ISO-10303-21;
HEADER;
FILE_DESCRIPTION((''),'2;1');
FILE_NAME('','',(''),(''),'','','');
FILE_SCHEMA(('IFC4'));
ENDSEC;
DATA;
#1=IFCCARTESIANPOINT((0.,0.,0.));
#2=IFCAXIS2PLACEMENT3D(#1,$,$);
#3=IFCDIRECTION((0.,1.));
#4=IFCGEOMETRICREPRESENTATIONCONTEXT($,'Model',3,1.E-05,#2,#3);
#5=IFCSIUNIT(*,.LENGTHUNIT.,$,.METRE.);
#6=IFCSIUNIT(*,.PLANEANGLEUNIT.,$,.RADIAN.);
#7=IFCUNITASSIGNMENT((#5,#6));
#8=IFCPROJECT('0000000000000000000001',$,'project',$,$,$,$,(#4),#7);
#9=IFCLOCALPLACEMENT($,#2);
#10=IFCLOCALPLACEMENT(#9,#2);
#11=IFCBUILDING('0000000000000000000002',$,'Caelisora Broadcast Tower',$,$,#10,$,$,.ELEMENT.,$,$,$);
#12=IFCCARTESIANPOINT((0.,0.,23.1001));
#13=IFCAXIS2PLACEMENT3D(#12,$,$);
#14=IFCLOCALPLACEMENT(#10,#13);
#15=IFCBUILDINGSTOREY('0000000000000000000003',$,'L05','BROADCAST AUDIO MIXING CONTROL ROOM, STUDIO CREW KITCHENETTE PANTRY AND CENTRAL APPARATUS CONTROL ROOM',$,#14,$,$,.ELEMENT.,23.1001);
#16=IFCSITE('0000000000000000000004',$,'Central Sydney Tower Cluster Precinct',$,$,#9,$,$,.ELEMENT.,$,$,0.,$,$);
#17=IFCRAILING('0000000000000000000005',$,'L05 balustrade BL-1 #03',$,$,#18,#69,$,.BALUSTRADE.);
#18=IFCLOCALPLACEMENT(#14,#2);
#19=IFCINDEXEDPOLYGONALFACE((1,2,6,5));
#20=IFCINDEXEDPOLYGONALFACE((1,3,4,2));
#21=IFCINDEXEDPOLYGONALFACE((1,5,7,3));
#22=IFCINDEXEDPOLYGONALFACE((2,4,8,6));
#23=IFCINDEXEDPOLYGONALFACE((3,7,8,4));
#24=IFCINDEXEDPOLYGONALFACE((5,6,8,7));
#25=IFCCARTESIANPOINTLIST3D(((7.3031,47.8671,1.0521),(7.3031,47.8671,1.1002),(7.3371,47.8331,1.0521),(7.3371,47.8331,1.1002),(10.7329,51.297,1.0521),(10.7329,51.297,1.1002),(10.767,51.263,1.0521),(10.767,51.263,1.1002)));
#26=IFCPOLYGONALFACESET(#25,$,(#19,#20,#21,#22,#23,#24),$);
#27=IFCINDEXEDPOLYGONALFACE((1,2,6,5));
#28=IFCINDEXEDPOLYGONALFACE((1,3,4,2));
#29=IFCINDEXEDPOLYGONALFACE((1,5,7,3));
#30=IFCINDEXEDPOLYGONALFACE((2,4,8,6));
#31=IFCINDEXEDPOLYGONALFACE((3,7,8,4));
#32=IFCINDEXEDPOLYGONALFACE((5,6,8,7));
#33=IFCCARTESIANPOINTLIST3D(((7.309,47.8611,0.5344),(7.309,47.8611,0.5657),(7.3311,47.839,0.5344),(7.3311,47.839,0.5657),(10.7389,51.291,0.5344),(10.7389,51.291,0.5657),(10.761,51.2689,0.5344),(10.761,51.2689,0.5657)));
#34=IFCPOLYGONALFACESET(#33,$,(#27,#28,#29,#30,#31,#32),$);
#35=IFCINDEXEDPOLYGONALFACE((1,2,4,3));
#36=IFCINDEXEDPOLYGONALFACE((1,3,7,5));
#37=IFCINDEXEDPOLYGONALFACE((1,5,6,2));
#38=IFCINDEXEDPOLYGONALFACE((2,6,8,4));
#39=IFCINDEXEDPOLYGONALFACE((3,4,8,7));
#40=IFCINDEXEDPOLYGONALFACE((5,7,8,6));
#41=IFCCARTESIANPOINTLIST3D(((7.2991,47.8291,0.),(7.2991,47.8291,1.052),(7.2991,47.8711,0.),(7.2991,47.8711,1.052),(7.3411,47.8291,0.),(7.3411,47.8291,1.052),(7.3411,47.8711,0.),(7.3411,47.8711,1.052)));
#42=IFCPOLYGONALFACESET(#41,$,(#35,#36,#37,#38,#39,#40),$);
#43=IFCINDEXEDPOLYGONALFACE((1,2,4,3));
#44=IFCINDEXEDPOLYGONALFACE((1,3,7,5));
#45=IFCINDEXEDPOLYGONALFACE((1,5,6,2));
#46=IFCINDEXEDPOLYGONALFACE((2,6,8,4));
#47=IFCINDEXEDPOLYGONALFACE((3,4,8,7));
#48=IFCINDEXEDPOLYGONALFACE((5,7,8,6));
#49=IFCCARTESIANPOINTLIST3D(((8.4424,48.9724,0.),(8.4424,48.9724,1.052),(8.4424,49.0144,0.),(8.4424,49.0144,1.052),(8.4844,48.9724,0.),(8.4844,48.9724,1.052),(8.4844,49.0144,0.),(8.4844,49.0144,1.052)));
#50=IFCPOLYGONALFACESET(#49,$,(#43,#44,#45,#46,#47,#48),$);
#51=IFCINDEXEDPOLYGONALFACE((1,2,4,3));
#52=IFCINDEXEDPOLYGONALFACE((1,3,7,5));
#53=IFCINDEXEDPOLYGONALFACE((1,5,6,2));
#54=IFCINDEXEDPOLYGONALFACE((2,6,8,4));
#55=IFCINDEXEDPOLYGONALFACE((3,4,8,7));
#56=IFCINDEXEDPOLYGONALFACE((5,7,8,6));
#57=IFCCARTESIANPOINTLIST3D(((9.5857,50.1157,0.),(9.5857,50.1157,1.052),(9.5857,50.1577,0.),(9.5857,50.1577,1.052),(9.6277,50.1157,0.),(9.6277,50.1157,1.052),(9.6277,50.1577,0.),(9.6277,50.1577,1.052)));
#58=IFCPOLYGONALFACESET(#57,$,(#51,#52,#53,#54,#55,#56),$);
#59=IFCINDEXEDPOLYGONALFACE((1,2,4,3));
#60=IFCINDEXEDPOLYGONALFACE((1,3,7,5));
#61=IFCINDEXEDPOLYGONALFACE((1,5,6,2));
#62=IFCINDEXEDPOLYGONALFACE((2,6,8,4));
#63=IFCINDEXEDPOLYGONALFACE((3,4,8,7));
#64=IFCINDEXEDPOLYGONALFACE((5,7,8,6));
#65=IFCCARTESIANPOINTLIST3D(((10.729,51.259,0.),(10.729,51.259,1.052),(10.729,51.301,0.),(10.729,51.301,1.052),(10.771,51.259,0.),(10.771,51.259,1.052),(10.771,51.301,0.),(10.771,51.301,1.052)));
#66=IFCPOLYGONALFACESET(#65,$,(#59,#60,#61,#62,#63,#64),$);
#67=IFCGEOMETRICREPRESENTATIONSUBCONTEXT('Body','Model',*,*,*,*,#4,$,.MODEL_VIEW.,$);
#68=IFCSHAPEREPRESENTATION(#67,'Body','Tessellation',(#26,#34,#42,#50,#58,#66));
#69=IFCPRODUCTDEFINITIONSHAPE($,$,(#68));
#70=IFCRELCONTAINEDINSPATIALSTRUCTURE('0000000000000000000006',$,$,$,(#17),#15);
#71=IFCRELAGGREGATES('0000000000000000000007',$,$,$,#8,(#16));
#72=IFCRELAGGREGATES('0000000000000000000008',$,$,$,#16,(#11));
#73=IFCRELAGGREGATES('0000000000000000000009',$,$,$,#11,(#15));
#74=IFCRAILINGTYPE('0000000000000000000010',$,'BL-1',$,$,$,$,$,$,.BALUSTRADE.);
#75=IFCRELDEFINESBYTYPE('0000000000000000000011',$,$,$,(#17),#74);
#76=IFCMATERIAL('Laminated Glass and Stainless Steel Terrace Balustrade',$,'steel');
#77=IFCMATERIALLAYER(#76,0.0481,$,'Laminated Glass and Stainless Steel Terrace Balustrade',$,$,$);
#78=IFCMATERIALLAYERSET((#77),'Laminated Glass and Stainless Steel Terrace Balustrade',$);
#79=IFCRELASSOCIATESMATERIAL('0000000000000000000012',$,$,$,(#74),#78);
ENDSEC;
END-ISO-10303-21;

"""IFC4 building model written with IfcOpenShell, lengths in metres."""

from ifc_helpers import new_model, si_unit, direction, frame, origin, origin_2d, place, context, subcontext, project, spatial, rectangle, extrude, material, layer, layer_set, type_object, element, save


model = new_model("IFC4")

# Units and contexts
model_context = context("Model", 3, precision=1e-05, world=origin(), true_north=direction((0.0, 1.0)))
body_context = subcontext(model_context, "Body", "Model", "MODEL_VIEW")
ifc_project = project(units=[si_unit("LENGTHUNIT", "METRE"), si_unit("PLANEANGLEUNIT", "RADIAN")], contexts=[model_context])

# Site, building, storey
site_placement = place(None, origin())
site = spatial("IfcSite", under=ifc_project, at=site_placement, Name="Central Sydney Tower Cluster Precinct", CompositionType="ELEMENT", RefElevation=0.0)
building_placement = place(site_placement, origin())
building = spatial("IfcBuilding", under=site, at=building_placement, Name="Caelisora Broadcast Tower", CompositionType="ELEMENT")
storey_placement = place(building_placement, frame((0.0, 0.0, 23.1001)))
storey = spatial("IfcBuildingStorey", under=building, at=storey_placement, Name="L05", Description="BROADCAST AUDIO MIXING CONTROL ROOM, STUDIO CREW KITCHENETTE PANTRY AND CENTRAL APPARATUS CONTROL ROOM", CompositionType="ELEMENT", Elevation=23.1001)

# Railing
ifc_material_1 = material(Name="Laminated Glass and Stainless Steel Terrace Balustrade", Category="steel")
ifc_layer_1 = layer(ifc_material_1, 0.0481, Name="Laminated Glass and Stainless Steel Terrace Balustrade")
ifc_layer_set_1 = layer_set([ifc_layer_1], Name="Laminated Glass and Stainless Steel Terrace Balustrade")
railing_type = type_object("IfcRailingType", Name="BL-1", PredefinedType="BALUSTRADE", material=ifc_layer_set_1)
railing_1_placement = place(storey_placement, frame((7.3201, 47.8501, 0.0)))
element("IfcRailing", 1, at=railing_1_placement, inside=storey, type_object=railing_type, Name="L05 balustrade BL-1 #03", PredefinedType="BALUSTRADE", context=body_context, shape_type="SweptSolid", body=[
    extrude(rectangle(XDim=0.0481, YDim=0.0481, at=origin_2d()), frame((0.0, 0.0, 1.0762), z_axis=(0.707107, 0.707107, 0.0), x_axis=(-0.707107, 0.707107, 0.0)), (0.0, 0.0, 1.0), 4.8506),
    extrude(rectangle(XDim=0.0312, YDim=0.0312, at=origin_2d()), frame((0.0, 0.0, 0.55), z_axis=(0.707107, 0.707107, 0.0), x_axis=(-0.707107, 0.707107, 0.0)), (0.0, 0.0, 1.0), 4.8506),
    extrude(rectangle(XDim=0.042, YDim=0.042, at=origin_2d()), origin(), (0.0, 0.0, 1.0), 1.052),
    extrude(rectangle(XDim=0.042, YDim=0.042, at=origin_2d()), frame((1.1433, 1.1433, 0.0)), (0.0, 0.0, 1.0), 1.052),
    extrude(rectangle(XDim=0.042, YDim=0.042, at=origin_2d()), frame((2.2866, 2.2866, 0.0)), (0.0, 0.0, 1.0), 1.052),
    extrude(rectangle(XDim=0.042, YDim=0.042, at=origin_2d()), frame((3.4299, 3.4299, 0.0)), (0.0, 0.0, 1.0), 1.052),
])

save(model, "model.ifc")
